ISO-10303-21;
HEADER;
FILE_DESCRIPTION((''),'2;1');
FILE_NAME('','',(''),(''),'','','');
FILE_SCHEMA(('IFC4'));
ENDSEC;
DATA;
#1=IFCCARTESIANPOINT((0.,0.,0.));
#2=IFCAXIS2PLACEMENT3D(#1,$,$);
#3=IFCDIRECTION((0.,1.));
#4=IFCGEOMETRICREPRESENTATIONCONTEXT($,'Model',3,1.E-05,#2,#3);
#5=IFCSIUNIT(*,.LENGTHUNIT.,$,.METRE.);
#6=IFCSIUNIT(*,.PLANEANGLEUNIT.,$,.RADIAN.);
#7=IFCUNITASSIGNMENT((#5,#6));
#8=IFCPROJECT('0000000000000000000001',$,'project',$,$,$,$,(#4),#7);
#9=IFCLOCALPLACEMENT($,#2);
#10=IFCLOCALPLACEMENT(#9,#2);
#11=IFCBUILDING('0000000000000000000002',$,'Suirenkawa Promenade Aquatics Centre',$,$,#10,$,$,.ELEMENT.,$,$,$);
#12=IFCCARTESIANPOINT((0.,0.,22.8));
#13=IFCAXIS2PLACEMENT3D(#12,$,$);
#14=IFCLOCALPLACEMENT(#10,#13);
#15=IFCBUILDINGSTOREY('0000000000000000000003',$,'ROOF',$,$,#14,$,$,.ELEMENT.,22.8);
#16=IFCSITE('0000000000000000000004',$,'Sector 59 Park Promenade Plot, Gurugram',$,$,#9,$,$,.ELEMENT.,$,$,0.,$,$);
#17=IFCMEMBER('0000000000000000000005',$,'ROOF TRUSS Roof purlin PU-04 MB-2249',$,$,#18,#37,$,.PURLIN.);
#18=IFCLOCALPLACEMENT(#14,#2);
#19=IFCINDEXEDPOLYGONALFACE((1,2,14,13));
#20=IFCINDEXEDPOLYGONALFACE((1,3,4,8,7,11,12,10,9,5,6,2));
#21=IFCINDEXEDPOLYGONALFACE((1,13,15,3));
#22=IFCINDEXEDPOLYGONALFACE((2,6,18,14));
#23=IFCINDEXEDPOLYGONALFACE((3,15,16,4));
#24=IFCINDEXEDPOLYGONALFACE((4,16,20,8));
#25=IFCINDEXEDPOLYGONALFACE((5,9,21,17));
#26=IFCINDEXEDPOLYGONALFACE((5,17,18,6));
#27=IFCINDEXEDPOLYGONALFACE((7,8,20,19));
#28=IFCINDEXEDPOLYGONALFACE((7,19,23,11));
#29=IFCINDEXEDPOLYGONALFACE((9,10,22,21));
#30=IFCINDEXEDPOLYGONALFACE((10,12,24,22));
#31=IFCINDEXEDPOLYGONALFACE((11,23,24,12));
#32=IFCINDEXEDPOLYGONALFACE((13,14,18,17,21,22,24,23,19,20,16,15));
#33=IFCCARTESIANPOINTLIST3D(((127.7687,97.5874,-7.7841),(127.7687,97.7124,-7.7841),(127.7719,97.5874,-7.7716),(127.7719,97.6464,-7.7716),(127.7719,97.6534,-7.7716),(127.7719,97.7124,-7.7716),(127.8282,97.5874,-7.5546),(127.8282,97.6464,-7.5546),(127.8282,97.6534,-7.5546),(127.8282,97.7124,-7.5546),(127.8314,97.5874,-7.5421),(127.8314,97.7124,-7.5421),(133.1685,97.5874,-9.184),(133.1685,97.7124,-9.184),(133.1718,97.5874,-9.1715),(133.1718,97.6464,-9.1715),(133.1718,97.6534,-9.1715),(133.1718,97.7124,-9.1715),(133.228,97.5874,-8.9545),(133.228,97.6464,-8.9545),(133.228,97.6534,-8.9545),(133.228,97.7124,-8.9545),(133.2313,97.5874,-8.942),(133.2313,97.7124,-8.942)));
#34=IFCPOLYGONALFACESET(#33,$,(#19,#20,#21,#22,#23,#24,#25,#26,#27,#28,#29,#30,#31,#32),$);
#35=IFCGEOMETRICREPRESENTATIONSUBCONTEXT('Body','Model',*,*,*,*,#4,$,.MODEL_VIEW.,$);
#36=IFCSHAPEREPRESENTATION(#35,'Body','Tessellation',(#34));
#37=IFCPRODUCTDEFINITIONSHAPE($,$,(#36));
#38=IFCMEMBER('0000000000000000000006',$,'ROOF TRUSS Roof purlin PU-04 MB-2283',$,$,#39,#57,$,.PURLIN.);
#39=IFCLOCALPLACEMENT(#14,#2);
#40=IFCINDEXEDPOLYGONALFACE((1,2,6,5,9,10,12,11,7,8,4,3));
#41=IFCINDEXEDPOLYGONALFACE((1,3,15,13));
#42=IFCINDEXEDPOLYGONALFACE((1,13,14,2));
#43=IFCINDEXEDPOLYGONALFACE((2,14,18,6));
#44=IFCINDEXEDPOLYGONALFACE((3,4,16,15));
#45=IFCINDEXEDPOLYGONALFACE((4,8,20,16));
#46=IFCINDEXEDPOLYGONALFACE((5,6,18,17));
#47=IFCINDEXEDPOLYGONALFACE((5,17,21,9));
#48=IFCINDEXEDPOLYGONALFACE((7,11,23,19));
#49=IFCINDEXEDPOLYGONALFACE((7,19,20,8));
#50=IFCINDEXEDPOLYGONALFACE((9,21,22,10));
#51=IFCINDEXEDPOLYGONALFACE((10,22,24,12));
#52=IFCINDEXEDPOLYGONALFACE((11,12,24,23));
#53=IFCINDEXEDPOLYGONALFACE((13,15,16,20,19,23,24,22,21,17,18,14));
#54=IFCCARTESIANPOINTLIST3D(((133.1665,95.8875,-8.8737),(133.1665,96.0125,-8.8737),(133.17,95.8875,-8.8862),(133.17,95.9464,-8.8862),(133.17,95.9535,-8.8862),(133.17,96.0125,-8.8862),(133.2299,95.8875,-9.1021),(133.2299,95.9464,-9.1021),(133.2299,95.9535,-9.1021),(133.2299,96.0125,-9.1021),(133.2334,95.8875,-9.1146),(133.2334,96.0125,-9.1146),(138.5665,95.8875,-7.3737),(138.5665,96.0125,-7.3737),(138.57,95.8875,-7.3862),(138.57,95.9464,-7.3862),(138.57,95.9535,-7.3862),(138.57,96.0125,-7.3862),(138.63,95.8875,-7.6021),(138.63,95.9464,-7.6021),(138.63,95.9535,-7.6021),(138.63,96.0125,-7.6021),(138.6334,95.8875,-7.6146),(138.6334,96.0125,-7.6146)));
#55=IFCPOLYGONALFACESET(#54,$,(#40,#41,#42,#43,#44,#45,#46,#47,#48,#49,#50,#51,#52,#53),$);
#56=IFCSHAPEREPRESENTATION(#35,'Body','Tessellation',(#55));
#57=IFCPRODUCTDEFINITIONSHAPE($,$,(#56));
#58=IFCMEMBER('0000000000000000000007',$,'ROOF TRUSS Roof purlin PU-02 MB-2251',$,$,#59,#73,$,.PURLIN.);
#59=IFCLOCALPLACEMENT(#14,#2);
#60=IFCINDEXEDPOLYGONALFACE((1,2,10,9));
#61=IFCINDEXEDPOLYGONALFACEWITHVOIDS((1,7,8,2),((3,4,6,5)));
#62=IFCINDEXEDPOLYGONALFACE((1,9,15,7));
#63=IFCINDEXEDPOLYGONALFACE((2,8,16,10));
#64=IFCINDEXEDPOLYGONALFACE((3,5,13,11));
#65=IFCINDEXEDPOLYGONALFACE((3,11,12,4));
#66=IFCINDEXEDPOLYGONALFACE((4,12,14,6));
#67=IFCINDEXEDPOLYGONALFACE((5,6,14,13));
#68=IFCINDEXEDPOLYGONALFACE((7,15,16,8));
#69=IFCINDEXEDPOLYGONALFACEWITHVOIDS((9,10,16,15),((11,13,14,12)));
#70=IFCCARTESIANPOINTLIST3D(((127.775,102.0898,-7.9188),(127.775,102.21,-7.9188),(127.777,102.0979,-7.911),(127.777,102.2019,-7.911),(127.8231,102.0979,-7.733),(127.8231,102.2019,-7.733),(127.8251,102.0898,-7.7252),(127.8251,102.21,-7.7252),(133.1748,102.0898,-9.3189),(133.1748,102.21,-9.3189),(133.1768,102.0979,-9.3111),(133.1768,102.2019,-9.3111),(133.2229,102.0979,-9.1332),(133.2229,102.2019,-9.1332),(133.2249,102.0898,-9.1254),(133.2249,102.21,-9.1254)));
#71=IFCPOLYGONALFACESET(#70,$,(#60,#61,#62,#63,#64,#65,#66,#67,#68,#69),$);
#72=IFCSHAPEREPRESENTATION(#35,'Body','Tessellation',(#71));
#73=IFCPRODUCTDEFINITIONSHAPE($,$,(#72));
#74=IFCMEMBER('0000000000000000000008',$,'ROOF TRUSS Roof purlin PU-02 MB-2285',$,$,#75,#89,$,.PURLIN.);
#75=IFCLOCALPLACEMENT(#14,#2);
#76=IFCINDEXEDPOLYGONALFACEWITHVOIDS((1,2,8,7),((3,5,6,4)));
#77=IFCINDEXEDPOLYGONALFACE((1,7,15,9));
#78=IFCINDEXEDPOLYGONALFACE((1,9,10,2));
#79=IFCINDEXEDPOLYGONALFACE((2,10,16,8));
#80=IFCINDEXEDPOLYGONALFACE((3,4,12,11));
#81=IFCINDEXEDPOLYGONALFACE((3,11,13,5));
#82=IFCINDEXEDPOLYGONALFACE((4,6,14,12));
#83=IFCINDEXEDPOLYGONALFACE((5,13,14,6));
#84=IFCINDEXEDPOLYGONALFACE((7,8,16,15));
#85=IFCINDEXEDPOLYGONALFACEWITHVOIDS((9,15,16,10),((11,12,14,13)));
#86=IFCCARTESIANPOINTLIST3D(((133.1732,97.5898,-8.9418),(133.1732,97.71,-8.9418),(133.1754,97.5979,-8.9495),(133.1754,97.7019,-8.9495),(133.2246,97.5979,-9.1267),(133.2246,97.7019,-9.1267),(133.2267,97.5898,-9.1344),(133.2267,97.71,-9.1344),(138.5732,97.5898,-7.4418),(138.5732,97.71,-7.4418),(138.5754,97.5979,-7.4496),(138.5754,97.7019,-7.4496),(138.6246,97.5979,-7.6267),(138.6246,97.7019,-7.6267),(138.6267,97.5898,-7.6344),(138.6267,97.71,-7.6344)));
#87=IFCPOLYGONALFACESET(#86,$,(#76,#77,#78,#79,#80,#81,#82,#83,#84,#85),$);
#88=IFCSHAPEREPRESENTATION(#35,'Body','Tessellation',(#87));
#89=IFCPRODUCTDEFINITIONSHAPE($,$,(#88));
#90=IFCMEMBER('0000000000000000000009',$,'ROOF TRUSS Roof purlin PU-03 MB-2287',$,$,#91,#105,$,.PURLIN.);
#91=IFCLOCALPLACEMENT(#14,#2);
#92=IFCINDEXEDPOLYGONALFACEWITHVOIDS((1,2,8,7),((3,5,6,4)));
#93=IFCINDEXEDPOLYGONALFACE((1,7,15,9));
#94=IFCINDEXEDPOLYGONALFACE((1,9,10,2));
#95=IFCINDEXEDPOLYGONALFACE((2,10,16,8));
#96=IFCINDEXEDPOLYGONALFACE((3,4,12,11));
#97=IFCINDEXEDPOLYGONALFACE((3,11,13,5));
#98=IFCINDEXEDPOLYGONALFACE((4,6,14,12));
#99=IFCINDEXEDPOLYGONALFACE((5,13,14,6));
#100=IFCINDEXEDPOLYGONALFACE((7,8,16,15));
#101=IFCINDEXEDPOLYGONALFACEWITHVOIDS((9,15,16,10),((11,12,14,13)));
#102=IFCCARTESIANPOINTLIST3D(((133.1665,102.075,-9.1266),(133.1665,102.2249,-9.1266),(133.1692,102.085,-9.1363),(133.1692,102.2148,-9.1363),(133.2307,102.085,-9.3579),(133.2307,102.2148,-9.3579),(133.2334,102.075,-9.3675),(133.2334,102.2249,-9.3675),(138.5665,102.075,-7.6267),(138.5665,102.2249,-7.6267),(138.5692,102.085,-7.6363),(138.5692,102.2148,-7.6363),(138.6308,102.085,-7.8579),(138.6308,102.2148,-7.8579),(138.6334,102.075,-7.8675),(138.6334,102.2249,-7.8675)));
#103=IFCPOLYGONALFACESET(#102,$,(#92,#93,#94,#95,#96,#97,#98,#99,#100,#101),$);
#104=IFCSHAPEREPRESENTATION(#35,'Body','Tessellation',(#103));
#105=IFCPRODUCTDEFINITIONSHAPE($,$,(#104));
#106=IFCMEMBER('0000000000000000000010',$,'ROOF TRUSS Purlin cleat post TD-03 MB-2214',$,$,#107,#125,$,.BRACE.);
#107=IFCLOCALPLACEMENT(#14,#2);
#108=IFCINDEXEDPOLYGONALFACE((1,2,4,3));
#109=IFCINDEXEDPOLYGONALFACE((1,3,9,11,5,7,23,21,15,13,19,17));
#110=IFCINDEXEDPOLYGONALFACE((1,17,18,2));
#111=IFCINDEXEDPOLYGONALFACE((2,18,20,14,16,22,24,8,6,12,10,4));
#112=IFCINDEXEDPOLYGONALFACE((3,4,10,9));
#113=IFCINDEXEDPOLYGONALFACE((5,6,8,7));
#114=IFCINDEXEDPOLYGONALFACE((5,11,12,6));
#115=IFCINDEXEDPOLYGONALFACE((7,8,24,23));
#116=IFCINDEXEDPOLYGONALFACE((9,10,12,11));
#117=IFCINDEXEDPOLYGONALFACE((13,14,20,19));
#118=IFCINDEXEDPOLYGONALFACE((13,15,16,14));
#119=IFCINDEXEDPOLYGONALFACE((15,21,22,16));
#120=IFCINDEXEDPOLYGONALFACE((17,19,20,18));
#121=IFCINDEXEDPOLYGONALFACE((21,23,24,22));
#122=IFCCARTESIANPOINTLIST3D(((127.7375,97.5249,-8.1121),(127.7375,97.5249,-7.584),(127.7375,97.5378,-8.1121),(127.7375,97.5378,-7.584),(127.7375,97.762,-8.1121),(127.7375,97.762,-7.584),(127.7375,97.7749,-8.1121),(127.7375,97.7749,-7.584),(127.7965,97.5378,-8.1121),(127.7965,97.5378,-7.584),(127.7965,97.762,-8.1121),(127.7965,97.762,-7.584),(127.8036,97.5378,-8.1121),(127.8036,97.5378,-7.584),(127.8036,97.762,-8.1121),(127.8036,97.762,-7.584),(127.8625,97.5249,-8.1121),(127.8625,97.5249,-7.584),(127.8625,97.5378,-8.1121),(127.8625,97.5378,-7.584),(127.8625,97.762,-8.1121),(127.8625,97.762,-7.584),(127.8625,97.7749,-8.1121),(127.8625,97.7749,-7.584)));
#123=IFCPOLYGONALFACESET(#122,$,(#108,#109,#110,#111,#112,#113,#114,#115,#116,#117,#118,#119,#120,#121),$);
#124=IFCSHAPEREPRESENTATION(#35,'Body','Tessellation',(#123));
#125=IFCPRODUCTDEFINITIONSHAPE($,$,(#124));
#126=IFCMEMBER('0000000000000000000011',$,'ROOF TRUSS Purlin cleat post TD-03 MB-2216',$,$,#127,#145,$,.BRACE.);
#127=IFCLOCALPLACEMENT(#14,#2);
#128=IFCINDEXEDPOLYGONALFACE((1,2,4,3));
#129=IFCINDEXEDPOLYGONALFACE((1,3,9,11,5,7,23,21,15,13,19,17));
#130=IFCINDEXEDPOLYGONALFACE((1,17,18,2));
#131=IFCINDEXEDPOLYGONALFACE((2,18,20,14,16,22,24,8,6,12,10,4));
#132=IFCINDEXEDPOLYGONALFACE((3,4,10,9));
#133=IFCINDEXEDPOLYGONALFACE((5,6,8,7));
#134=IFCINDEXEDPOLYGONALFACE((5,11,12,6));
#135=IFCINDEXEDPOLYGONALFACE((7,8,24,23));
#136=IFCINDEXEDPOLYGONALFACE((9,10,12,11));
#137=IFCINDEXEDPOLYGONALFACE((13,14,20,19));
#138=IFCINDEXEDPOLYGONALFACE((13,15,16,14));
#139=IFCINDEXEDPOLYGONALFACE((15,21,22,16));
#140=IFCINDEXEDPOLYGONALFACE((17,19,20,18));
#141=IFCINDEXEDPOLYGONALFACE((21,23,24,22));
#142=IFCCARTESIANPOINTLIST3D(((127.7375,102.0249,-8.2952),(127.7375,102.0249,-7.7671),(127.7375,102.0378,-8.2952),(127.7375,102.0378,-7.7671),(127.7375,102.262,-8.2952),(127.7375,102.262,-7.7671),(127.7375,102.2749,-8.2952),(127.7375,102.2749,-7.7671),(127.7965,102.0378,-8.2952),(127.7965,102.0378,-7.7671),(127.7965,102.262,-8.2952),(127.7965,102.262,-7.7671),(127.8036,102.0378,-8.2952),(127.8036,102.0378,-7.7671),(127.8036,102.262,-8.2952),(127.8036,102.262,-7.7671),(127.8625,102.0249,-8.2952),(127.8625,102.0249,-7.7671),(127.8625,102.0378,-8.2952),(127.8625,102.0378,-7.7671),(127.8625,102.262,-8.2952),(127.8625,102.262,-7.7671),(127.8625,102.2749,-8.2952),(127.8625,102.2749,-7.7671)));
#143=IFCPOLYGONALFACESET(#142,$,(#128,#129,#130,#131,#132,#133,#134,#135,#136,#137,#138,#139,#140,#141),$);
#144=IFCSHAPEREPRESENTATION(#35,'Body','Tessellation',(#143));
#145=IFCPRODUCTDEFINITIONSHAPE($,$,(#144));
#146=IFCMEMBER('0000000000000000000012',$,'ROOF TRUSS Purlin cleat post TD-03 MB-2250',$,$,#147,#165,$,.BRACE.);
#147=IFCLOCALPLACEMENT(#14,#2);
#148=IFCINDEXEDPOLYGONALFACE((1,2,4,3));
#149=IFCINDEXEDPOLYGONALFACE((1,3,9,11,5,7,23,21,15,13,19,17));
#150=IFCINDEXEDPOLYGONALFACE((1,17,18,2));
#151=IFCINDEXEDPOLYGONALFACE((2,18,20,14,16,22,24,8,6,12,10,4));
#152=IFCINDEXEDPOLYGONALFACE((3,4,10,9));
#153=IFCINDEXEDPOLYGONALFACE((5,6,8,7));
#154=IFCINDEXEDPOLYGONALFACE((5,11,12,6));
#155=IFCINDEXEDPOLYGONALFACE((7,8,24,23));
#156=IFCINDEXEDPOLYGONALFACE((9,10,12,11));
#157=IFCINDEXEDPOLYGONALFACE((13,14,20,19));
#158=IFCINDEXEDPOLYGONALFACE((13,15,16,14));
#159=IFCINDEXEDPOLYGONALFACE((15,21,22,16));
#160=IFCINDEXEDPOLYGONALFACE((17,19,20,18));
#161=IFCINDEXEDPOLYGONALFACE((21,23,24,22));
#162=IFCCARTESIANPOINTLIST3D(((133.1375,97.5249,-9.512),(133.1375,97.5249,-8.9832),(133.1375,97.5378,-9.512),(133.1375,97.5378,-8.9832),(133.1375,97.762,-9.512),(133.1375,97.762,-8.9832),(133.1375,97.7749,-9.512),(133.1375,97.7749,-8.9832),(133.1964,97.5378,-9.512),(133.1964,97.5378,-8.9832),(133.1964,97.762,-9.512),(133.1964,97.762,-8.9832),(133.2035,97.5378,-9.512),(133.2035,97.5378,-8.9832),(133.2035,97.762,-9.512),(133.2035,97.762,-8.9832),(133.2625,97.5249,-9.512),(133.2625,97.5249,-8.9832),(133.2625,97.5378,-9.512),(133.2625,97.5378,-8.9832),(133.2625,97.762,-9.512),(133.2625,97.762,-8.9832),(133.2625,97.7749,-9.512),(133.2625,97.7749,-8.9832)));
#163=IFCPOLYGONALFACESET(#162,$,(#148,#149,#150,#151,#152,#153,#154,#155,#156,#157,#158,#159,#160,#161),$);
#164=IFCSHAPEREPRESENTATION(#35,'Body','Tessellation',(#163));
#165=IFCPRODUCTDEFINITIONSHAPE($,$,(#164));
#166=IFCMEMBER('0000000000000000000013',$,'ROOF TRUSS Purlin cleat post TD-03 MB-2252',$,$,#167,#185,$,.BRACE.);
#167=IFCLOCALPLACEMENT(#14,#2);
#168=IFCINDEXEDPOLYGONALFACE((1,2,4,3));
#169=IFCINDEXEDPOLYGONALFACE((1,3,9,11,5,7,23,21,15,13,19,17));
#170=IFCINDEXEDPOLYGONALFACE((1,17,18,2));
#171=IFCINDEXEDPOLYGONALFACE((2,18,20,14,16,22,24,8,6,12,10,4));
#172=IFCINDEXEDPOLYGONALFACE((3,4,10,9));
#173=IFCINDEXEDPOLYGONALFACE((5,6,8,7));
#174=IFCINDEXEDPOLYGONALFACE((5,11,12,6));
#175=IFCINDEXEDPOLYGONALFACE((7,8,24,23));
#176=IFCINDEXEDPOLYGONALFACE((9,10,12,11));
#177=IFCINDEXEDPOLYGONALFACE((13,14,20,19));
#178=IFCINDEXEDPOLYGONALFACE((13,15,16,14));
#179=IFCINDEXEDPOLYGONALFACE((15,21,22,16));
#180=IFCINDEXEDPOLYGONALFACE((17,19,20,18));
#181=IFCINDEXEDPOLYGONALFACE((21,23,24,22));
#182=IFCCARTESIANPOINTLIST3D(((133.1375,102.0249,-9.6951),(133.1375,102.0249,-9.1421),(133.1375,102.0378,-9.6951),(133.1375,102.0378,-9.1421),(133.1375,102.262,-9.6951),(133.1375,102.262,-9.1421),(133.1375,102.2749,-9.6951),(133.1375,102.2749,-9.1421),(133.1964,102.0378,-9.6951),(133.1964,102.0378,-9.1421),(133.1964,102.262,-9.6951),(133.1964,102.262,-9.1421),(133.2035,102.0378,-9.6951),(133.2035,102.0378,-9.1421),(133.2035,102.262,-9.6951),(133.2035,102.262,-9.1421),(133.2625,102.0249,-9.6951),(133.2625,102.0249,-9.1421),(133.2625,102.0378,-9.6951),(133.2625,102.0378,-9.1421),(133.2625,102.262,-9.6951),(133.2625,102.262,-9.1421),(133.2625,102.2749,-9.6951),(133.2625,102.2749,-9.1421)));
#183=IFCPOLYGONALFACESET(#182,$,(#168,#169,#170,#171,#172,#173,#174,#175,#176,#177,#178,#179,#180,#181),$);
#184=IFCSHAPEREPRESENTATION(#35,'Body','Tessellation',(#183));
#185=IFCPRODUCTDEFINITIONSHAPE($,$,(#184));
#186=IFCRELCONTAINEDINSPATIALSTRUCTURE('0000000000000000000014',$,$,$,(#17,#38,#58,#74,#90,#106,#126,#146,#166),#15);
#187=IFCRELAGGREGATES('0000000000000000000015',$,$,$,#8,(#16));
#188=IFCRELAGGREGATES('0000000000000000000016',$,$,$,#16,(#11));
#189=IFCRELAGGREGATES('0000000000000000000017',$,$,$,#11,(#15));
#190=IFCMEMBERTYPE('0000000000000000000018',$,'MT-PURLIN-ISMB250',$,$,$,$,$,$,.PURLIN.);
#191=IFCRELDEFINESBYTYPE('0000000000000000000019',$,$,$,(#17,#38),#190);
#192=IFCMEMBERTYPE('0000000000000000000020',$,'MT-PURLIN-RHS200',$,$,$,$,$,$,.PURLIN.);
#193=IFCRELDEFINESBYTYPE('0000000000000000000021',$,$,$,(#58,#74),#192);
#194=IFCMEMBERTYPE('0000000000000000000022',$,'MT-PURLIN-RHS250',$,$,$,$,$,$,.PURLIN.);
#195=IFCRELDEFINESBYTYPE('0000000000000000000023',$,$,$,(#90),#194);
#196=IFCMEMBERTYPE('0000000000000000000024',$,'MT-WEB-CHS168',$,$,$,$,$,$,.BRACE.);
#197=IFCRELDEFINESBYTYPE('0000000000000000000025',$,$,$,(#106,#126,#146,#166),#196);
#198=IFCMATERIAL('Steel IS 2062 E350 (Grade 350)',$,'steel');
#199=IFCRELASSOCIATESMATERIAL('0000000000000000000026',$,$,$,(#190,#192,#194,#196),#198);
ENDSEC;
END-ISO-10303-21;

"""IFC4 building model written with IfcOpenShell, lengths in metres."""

from ifc_helpers import new_model, si_unit, direction, frame, origin, origin_2d, place, context, subcontext, project, spatial, hollow_rectangle, i_section, extrude, material, material_profile, profile_set, type_object, element, save


model = new_model("IFC4")

# Units and contexts
model_context = context("Model", 3, precision=1e-05, world=origin(), true_north=direction((0.0, 1.0)))
body_context = subcontext(model_context, "Body", "Model", "MODEL_VIEW")
ifc_project = project(units=[si_unit("LENGTHUNIT", "METRE"), si_unit("PLANEANGLEUNIT", "RADIAN")], contexts=[model_context])

# Site, building, storey
site_placement = place(None, origin())
site = spatial("IfcSite", under=ifc_project, at=site_placement, Name="Sector 59 Park Promenade Plot, Gurugram", CompositionType="ELEMENT", RefElevation=0.0)
building_placement = place(site_placement, origin())
building = spatial("IfcBuilding", under=site, at=building_placement, Name="Suirenkawa Promenade Aquatics Centre", CompositionType="ELEMENT")
storey_placement = place(building_placement, frame((0.0, 0.0, 22.8)))
storey = spatial("IfcBuildingStorey", under=building, at=storey_placement, Name="ROOF", CompositionType="ELEMENT", Elevation=22.8)

# Shared definitions
ifc_material = material(Name="Steel IS 2062 E350 (Grade 350)", Category="steel")

# Members
ifc_material_profile_1 = material_profile(ifc_material, i_section(OverallWidth=0.125, OverallDepth=0.25, WebThickness=0.0071, FlangeThickness=0.0129, at=origin_2d()), Name="ISMB 250", Category="steel")
ifc_profile_set_1 = profile_set([ifc_material_profile_1], Name="Steel IS 2062 E350 (Grade 350)")
member_type_1 = type_object("IfcMemberType", Name="MT-PURLIN-ISMB250", PredefinedType="PURLIN", material=ifc_profile_set_1)
member_1_placement = place(storey_placement, frame((127.8, 97.6499, -7.6631), z_axis=(0.968, 0.0, -0.25095), x_axis=(0.0, 1.0, 0.0)))
element("IfcMember", 1, at=member_1_placement, inside=storey, type_object=member_type_1, Name="ROOF TRUSS Roof purlin PU-04 MB-2249", PredefinedType="PURLIN", context=body_context, shape_type="SweptSolid", body=[
    extrude(i_section(OverallWidth=0.125, OverallDepth=0.25, WebThickness=0.0071, FlangeThickness=0.0129, at=origin_2d()), origin(), (0.0, 0.0, 1.0), 5.5784),
])
member_2_placement = place(storey_placement, frame((133.2, 95.95, -8.9941), z_axis=(0.96352, 0.0, 0.267637), x_axis=(0.0, 1.0, 0.0)))
element("IfcMember", 2, at=member_2_placement, inside=storey, type_object=member_type_1, Name="ROOF TRUSS Roof purlin PU-04 MB-2283", PredefinedType="PURLIN", context=body_context, shape_type="SweptSolid", body=[
    extrude(i_section(OverallWidth=0.125, OverallDepth=0.25, WebThickness=0.0071, FlangeThickness=0.0129, at=origin_2d()), origin(), (0.0, 0.0, 1.0), 5.6045),
])
ifc_material_profile_2 = material_profile(ifc_material, hollow_rectangle(XDim=0.1201, YDim=0.2, WallThickness=0.0081, at=origin_2d()), Name="RHS 200x120x8", Category="steel")
ifc_profile_set_2 = profile_set([ifc_material_profile_2], Name="Steel IS 2062 E350 (Grade 350)")
member_type_2 = type_object("IfcMemberType", Name="MT-PURLIN-RHS200", PredefinedType="PURLIN", material=ifc_profile_set_2)
member_3_placement = place(storey_placement, frame((127.8, 102.1499, -7.822), z_axis=(0.967989, 0.0, -0.250991), x_axis=(0.0, 1.0, 0.0)))
element("IfcMember", 3, at=member_3_placement, inside=storey, type_object=member_type_2, Name="ROOF TRUSS Roof purlin PU-02 MB-2251", PredefinedType="PURLIN", context=body_context, shape_type="SweptSolid", body=[
    extrude(hollow_rectangle(XDim=0.1201, YDim=0.2, WallThickness=0.0081, at=origin_2d()), origin(), (0.0, 0.0, 1.0), 5.5784),
])
member_4_placement = place(storey_placement, frame((133.2, 97.6499, -9.0381), z_axis=(0.96352, 0.0, 0.267637), x_axis=(0.0, 1.0, 0.0)))
element("IfcMember", 4, at=member_4_placement, inside=storey, type_object=member_type_2, Name="ROOF TRUSS Roof purlin PU-02 MB-2285", PredefinedType="PURLIN", context=body_context, shape_type="SweptSolid", body=[
    extrude(hollow_rectangle(XDim=0.1201, YDim=0.2, WallThickness=0.0081, at=origin_2d()), origin(), (0.0, 0.0, 1.0), 5.6045),
])
ifc_material_profile_3 = material_profile(ifc_material, hollow_rectangle(XDim=0.1499, YDim=0.25, WallThickness=0.01, at=origin_2d()), Name="RHS 250x150x10", Category="steel")
ifc_profile_set_3 = profile_set([ifc_material_profile_3], Name="Steel IS 2062 E350 (Grade 350)")
member_type_3 = type_object("IfcMemberType", Name="MT-PURLIN-RHS250", PredefinedType="PURLIN", material=ifc_profile_set_3)
member_5_placement = place(storey_placement, frame((133.2, 102.1499, -9.2471), z_axis=(0.96352, 0.0, 0.267637), x_axis=(0.0, 1.0, 0.0)))
element("IfcMember", 5, at=member_5_placement, inside=storey, type_object=member_type_3, Name="ROOF TRUSS Roof purlin PU-03 MB-2287", PredefinedType="PURLIN", context=body_context, shape_type="SweptSolid", body=[
    extrude(hollow_rectangle(XDim=0.1499, YDim=0.25, WallThickness=0.01, at=origin_2d()), origin(), (0.0, 0.0, 1.0), 5.6045),
])
ifc_material_profile_4 = material_profile(ifc_material, i_section(OverallWidth=0.125, OverallDepth=0.25, WebThickness=0.0071, FlangeThickness=0.0129, at=origin_2d()), Name="ISMB 250", Category="steel")
ifc_profile_set_4 = profile_set([ifc_material_profile_4], Name="Steel IS 2062 E350 (Grade 350)")
member_type_4 = type_object("IfcMemberType", Name="MT-WEB-CHS168", PredefinedType="BRACE", material=ifc_profile_set_4)
for number, where, z_axis, x_axis, name in (
    (6, (127.8, 97.6499, -8.1121), (0.0, 0.0, 1.0), (1.0, 0.0, 0.0), "ROOF TRUSS Purlin cleat post TD-03 MB-2214"),
    (7, (127.8, 102.1499, -8.2952), (0.0, 0.0, 1.0), (1.0, 0.0, 0.0), "ROOF TRUSS Purlin cleat post TD-03 MB-2216"),
):
    element("IfcMember", number, at=place(storey_placement, frame(where, z_axis=z_axis, x_axis=x_axis)), inside=storey, type_object=member_type_4, Name=name, PredefinedType="BRACE", context=body_context, shape_type="SweptSolid", body=[
        extrude(i_section(OverallWidth=0.125, OverallDepth=0.25, WebThickness=0.0071, FlangeThickness=0.0129, at=origin_2d()), origin(), (0.0, 0.0, 1.0), 0.5281),
    ])
member_6_placement = place(storey_placement, frame((133.2, 97.6499, -9.512), z_axis=(0.0, 0.0, 1.0), x_axis=(1.0, 0.0, 0.0)))
element("IfcMember", 8, at=member_6_placement, inside=storey, type_object=member_type_4, Name="ROOF TRUSS Purlin cleat post TD-03 MB-2250", PredefinedType="BRACE", context=body_context, shape_type="SweptSolid", body=[
    extrude(i_section(OverallWidth=0.125, OverallDepth=0.25, WebThickness=0.0071, FlangeThickness=0.0129, at=origin_2d()), origin(), (0.0, 0.0, 1.0), 0.5288),
])
member_7_placement = place(storey_placement, frame((133.2, 102.1499, -9.6951), z_axis=(0.0, 0.0, 1.0), x_axis=(1.0, 0.0, 0.0)))
element("IfcMember", 9, at=member_7_placement, inside=storey, type_object=member_type_4, Name="ROOF TRUSS Purlin cleat post TD-03 MB-2252", PredefinedType="BRACE", context=body_context, shape_type="SweptSolid", body=[
    extrude(i_section(OverallWidth=0.125, OverallDepth=0.25, WebThickness=0.0071, FlangeThickness=0.0129, at=origin_2d()), origin(), (0.0, 0.0, 1.0), 0.553),
])

save(model, "model.ifc")
